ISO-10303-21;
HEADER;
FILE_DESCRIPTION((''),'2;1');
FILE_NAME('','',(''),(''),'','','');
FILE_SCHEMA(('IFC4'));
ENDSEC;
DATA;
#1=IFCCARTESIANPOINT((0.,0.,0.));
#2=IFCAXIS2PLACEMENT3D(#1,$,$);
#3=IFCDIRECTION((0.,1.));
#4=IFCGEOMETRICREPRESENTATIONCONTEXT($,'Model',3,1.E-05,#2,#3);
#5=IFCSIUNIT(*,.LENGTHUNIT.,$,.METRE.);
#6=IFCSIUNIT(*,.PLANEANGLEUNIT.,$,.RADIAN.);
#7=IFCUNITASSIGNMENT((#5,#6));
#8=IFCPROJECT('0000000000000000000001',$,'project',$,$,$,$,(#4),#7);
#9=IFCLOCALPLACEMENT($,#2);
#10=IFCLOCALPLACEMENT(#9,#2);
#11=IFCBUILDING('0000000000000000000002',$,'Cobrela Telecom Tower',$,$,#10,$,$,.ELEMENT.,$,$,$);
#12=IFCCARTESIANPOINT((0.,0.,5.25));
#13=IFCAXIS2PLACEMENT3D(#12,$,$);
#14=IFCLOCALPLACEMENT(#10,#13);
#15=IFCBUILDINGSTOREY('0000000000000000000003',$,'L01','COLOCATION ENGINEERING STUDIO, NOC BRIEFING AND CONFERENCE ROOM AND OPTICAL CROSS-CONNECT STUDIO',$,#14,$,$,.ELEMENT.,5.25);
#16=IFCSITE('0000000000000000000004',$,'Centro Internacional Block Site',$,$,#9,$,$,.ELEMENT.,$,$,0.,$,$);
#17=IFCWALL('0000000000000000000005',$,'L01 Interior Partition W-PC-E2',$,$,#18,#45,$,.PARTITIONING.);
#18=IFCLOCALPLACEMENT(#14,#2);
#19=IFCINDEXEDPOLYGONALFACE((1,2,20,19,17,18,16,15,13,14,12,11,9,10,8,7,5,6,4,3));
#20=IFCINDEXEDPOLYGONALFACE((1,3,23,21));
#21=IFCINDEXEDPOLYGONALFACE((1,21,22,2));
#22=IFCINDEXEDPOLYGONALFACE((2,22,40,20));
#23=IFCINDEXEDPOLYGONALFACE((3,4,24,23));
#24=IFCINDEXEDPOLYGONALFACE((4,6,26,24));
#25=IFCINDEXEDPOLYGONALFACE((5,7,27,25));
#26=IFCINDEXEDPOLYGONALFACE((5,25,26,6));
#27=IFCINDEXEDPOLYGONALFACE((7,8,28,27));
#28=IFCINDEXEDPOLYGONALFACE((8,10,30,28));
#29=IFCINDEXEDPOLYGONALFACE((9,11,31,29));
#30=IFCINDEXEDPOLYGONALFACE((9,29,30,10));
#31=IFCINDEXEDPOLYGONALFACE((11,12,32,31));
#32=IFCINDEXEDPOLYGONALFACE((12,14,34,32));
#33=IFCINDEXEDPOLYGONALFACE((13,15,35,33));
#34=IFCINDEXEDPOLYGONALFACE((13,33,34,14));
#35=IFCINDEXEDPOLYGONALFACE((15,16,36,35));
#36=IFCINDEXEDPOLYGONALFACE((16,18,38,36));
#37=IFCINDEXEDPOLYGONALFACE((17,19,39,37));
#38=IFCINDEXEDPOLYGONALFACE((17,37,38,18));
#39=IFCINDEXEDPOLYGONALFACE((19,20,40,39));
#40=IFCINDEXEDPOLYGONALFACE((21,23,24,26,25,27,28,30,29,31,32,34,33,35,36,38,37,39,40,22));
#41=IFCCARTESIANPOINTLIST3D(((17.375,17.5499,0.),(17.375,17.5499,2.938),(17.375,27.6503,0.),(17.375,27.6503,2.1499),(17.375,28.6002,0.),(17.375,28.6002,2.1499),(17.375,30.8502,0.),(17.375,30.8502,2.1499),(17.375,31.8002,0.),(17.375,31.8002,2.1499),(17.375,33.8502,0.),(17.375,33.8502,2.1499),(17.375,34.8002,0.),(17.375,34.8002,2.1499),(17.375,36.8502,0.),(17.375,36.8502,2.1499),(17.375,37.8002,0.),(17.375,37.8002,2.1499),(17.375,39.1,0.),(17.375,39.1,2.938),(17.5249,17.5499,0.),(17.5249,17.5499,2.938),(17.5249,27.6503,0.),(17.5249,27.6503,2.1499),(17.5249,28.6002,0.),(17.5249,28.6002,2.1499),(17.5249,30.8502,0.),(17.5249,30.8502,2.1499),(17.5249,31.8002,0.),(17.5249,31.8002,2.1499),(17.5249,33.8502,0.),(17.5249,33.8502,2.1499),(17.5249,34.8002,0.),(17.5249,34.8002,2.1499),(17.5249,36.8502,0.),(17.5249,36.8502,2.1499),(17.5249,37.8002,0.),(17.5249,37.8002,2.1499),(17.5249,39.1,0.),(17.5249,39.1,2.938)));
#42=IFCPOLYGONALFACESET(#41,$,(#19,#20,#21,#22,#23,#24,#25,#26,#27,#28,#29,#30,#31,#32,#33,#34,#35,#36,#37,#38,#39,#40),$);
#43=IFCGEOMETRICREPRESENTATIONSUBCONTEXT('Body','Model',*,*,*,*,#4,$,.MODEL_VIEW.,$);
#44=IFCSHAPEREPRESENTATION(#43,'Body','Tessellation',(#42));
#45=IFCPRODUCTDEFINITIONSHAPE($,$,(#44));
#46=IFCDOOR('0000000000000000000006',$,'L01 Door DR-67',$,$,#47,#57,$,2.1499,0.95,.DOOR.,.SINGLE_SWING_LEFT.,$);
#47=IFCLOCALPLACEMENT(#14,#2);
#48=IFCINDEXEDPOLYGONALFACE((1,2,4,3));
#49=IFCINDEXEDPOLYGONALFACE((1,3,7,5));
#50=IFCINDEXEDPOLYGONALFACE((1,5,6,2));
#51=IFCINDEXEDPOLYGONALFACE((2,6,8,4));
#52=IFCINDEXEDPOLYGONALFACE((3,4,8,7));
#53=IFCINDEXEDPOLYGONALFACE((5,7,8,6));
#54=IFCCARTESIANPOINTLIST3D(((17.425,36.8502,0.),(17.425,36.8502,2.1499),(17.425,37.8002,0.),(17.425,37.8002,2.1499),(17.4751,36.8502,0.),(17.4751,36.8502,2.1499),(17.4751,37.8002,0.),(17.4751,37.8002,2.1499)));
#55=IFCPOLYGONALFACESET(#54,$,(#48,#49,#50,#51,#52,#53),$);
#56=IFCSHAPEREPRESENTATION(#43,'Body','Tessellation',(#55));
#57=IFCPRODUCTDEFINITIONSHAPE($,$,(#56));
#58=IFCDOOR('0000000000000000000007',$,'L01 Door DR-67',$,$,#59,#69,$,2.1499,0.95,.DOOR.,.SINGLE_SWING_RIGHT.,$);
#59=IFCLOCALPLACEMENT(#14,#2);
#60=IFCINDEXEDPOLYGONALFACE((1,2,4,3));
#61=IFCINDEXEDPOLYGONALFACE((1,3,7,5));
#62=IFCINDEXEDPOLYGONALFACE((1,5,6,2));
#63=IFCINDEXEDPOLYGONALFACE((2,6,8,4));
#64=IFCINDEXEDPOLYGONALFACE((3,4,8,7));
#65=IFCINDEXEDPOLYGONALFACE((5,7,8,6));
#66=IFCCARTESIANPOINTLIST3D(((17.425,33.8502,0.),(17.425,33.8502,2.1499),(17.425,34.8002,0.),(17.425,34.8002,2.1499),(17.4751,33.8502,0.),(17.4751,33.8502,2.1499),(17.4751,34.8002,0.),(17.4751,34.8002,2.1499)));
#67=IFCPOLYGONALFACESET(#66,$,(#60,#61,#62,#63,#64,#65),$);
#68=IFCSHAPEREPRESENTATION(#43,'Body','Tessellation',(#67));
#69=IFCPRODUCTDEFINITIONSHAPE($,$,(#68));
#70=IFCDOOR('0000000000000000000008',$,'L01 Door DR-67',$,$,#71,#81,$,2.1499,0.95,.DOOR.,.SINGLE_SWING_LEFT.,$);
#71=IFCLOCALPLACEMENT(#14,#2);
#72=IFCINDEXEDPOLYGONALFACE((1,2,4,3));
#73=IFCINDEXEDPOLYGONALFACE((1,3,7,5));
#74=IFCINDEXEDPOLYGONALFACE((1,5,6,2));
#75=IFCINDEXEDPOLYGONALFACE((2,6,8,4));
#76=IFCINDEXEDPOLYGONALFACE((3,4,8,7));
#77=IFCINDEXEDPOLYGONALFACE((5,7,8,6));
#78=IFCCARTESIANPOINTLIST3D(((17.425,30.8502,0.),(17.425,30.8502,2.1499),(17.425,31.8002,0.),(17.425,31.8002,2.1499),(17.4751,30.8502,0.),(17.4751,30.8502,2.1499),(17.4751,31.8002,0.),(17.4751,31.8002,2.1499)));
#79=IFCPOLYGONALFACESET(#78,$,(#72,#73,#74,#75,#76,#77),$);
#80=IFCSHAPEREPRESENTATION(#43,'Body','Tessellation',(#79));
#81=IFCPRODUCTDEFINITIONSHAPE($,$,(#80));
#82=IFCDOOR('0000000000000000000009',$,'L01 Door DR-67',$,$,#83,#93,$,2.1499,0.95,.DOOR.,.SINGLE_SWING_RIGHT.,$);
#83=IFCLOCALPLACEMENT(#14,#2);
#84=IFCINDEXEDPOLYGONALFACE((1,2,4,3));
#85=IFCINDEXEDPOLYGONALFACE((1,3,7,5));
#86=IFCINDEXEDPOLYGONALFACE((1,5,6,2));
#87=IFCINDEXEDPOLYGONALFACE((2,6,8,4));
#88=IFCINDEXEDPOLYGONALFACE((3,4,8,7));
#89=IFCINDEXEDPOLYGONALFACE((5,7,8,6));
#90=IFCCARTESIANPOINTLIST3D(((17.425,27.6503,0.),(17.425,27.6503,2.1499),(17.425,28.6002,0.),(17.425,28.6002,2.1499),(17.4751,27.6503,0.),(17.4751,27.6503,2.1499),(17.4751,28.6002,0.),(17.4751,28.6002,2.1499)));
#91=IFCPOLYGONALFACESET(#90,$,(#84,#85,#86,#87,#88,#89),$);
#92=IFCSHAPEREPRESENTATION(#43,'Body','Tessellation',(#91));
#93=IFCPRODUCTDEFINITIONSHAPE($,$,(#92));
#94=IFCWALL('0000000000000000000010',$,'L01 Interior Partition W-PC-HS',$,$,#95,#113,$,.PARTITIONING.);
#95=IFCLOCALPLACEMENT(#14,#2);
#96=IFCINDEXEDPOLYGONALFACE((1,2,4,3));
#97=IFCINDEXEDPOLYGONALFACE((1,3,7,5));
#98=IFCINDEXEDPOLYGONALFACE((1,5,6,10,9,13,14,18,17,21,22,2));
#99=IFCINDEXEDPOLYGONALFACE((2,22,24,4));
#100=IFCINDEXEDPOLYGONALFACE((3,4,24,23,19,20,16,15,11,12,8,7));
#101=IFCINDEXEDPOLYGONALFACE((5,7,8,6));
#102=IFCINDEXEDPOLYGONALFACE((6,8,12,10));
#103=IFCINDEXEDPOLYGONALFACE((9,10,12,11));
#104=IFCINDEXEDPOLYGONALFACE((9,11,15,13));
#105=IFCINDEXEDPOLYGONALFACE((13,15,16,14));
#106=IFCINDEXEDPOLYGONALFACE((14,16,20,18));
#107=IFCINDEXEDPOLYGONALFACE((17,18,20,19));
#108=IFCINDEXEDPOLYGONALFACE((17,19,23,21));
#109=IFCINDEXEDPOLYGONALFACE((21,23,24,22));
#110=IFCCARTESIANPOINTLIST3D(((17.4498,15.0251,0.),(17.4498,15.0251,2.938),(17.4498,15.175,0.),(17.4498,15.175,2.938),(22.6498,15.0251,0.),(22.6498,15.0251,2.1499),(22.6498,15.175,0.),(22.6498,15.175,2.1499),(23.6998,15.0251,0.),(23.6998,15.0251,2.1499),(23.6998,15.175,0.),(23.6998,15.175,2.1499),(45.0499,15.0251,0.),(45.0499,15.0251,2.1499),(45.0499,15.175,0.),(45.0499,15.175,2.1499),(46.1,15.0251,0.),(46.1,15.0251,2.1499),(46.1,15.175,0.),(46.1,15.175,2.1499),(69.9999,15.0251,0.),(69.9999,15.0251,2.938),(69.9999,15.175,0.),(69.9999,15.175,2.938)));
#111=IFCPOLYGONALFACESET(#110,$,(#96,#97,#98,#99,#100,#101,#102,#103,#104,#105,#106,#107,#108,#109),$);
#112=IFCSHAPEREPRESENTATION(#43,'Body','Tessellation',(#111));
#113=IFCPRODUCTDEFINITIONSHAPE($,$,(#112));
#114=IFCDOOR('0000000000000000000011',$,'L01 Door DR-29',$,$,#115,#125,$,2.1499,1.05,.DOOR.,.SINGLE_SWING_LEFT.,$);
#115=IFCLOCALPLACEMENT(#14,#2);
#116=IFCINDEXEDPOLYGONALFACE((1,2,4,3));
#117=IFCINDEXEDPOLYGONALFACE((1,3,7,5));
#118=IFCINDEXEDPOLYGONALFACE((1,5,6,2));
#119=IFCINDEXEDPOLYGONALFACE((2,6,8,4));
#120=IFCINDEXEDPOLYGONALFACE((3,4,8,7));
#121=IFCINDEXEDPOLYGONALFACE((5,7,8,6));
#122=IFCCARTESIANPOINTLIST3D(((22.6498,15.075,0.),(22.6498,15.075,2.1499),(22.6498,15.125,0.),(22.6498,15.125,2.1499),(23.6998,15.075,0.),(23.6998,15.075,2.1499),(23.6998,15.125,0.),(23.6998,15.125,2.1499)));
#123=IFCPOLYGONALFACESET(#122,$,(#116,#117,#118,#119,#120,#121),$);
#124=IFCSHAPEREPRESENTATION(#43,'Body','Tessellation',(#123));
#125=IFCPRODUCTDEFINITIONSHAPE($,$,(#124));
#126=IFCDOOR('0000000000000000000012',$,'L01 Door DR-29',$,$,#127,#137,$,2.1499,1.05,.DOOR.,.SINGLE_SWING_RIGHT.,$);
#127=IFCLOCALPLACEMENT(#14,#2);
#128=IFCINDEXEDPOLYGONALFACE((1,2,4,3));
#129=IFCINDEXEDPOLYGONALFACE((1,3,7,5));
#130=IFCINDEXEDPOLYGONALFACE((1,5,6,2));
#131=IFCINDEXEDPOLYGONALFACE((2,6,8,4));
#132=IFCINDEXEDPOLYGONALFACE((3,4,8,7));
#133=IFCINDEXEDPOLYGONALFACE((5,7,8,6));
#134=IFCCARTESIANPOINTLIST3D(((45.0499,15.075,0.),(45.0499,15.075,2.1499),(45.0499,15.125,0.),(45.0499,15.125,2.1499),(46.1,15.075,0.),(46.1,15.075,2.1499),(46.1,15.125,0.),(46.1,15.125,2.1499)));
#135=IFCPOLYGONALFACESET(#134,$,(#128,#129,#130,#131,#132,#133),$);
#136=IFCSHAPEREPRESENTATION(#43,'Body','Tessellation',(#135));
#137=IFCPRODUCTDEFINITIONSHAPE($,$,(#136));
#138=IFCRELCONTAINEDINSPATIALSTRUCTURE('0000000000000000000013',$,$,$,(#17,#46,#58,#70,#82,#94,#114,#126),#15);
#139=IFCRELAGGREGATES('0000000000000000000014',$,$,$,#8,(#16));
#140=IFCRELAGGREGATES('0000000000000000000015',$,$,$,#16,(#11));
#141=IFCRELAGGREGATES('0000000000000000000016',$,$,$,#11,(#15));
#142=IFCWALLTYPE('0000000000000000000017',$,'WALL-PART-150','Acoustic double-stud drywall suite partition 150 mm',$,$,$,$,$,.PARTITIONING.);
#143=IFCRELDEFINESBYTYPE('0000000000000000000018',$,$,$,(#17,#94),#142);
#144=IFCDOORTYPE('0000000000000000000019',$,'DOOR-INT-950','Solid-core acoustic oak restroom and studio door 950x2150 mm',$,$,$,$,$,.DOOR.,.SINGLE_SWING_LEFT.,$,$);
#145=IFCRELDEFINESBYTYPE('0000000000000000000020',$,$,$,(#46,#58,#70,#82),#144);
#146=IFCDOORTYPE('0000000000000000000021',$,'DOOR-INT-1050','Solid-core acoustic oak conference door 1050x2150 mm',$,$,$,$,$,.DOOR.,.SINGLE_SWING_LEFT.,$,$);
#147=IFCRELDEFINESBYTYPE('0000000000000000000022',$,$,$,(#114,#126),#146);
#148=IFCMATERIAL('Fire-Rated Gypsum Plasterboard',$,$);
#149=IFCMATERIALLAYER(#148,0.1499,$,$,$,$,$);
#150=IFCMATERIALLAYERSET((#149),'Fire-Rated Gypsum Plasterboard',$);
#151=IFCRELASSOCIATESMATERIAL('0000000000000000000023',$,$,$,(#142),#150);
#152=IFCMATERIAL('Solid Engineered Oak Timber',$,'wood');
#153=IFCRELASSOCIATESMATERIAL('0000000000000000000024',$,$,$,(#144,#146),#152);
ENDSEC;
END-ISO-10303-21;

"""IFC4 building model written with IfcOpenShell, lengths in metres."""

from ifc_helpers import new_model, si_unit, direction, frame, frame_2d, origin, place, context, subcontext, project, spatial, rectangle, extrude, material, layer, layer_set, type_object, element, fill, save


model = new_model("IFC4")

# Units and contexts
model_context = context("Model", 3, precision=1e-05, world=origin(), true_north=direction((0.0, 1.0)))
body_context = subcontext(model_context, "Body", "Model", "MODEL_VIEW")
ifc_project = project(units=[si_unit("LENGTHUNIT", "METRE"), si_unit("PLANEANGLEUNIT", "RADIAN")], contexts=[model_context])

# Site, building, storey
site_placement = place(None, origin())
site = spatial("IfcSite", under=ifc_project, at=site_placement, Name="Centro Internacional Block Site", CompositionType="ELEMENT", RefElevation=0.0)
building_placement = place(site_placement, origin())
building = spatial("IfcBuilding", under=site, at=building_placement, Name="Cobrela Telecom Tower", CompositionType="ELEMENT")
storey_placement = place(building_placement, frame((0.0, 0.0, 5.25)))
storey = spatial("IfcBuildingStorey", under=building, at=storey_placement, Name="L01", Description="COLOCATION ENGINEERING STUDIO, NOC BRIEFING AND CONFERENCE ROOM AND OPTICAL CROSS-CONNECT STUDIO", CompositionType="ELEMENT", Elevation=5.25)

# Shared definitions
ifc_material_1 = material(Name="Fire-Rated Gypsum Plasterboard")
ifc_layer = layer(ifc_material_1, 0.1499)
ifc_layer_set = layer_set([ifc_layer], Name="Fire-Rated Gypsum Plasterboard")
wall_type = type_object("IfcWallType", Name="WALL-PART-150", Description="Acoustic double-stud drywall suite partition 150 mm", PredefinedType="PARTITIONING", material=ifc_layer_set)
ifc_material_2 = material(Name="Solid Engineered Oak Timber", Category="wood")

# Walls, openings, doors
wall_1_placement = place(storey_placement, frame((17.45, 17.55, 0.0), z_axis=(0.0, 0.0, 1.0), x_axis=(0.0, 1.0, 0.0)))
wall_1 = element("IfcWall", 1, at=wall_1_placement, inside=storey, type_object=wall_type, Name="L01 Interior Partition W-PC-E2", PredefinedType="PARTITIONING", context=body_context, shape_type="SweptSolid", body=[
    extrude(rectangle(XDim=21.55, YDim=0.1499, at=frame_2d((10.7749, 0.0))), origin(), (0.0, 0.0, 1.0), 2.938),
])
opening_1_placement = place(wall_1_placement, frame((19.3, 0.0, 0.0)))
opening_1 = element("IfcOpeningElement", 2, at=opening_1_placement, cuts=wall_1, PredefinedType="OPENING", context=body_context, shape_type="SweptSolid", body=[
    extrude(rectangle(XDim=0.95, YDim=2.1499, at=frame_2d((0.4751, 1.075))), frame((0.0, 0.0869, 0.0), z_axis=(0.0, -1.0, 0.0), x_axis=(1.0, 0.0, 0.0)), (0.0, 0.0, 1.0), 0.1738),
])
opening_2_placement = place(wall_1_placement, frame((16.3, 0.0, 0.0)))
opening_2 = element("IfcOpeningElement", 3, at=opening_2_placement, cuts=wall_1, PredefinedType="OPENING", context=body_context, shape_type="SweptSolid", body=[
    extrude(rectangle(XDim=0.95, YDim=2.1499, at=frame_2d((0.4751, 1.075))), frame((0.0, 0.0869, 0.0), z_axis=(0.0, -1.0, 0.0), x_axis=(1.0, 0.0, 0.0)), (0.0, 0.0, 1.0), 0.1738),
])
opening_3_placement = place(wall_1_placement, frame((13.3, 0.0, 0.0)))
opening_3 = element("IfcOpeningElement", 4, at=opening_3_placement, cuts=wall_1, PredefinedType="OPENING", context=body_context, shape_type="SweptSolid", body=[
    extrude(rectangle(XDim=0.95, YDim=2.1499, at=frame_2d((0.4751, 1.075))), frame((0.0, 0.0869, 0.0), z_axis=(0.0, -1.0, 0.0), x_axis=(1.0, 0.0, 0.0)), (0.0, 0.0, 1.0), 0.1738),
])
opening_4_placement = place(wall_1_placement, frame((10.1001, 0.0, 0.0)))
opening_4 = element("IfcOpeningElement", 5, at=opening_4_placement, cuts=wall_1, PredefinedType="OPENING", context=body_context, shape_type="SweptSolid", body=[
    extrude(rectangle(XDim=0.95, YDim=2.1499, at=frame_2d((0.4751, 1.075))), frame((0.0, 0.0869, 0.0), z_axis=(0.0, -1.0, 0.0), x_axis=(1.0, 0.0, 0.0)), (0.0, 0.0, 1.0), 0.1738),
])
door_type_1 = type_object("IfcDoorType", Name="DOOR-INT-950", Description="Solid-core acoustic oak restroom and studio door 950x2150 mm", OperationType="SINGLE_SWING_LEFT", PredefinedType="DOOR", material=ifc_material_2)
door_1_placement = place(opening_1_placement, origin())
door_1 = element("IfcDoor", 6, at=door_1_placement, inside=storey, type_object=door_type_1, Name="L01 Door DR-67", OperationType="SINGLE_SWING_LEFT", OverallHeight=2.1499, OverallWidth=0.95, PredefinedType="DOOR", context=body_context, shape_type="SweptSolid", body=[
    extrude(rectangle(XDim=0.95, YDim=2.1499, at=frame_2d((0.4751, 1.075))), frame((0.0, 0.0249, 0.0), z_axis=(0.0, -1.0, 0.0), x_axis=(1.0, 0.0, 0.0)), (0.0, 0.0, 1.0), 0.05),
])
fill(opening_1, door_1)
door_2_placement = place(opening_2_placement, origin())
door_2 = element("IfcDoor", 7, at=door_2_placement, inside=storey, type_object=door_type_1, Name="L01 Door DR-67", OperationType="SINGLE_SWING_RIGHT", OverallHeight=2.1499, OverallWidth=0.95, PredefinedType="DOOR", context=body_context, shape_type="SweptSolid", body=[
    extrude(rectangle(XDim=0.95, YDim=2.1499, at=frame_2d((0.4751, 1.075))), frame((0.0, 0.0249, 0.0), z_axis=(0.0, -1.0, 0.0), x_axis=(1.0, 0.0, 0.0)), (0.0, 0.0, 1.0), 0.05),
])
fill(opening_2, door_2)
door_3_placement = place(opening_3_placement, origin())
door_3 = element("IfcDoor", 8, at=door_3_placement, inside=storey, type_object=door_type_1, Name="L01 Door DR-67", OperationType="SINGLE_SWING_LEFT", OverallHeight=2.1499, OverallWidth=0.95, PredefinedType="DOOR", context=body_context, shape_type="SweptSolid", body=[
    extrude(rectangle(XDim=0.95, YDim=2.1499, at=frame_2d((0.4751, 1.075))), frame((0.0, 0.0249, 0.0), z_axis=(0.0, -1.0, 0.0), x_axis=(1.0, 0.0, 0.0)), (0.0, 0.0, 1.0), 0.05),
])
fill(opening_3, door_3)
door_4_placement = place(opening_4_placement, origin())
door_4 = element("IfcDoor", 9, at=door_4_placement, inside=storey, type_object=door_type_1, Name="L01 Door DR-67", OperationType="SINGLE_SWING_RIGHT", OverallHeight=2.1499, OverallWidth=0.95, PredefinedType="DOOR", context=body_context, shape_type="SweptSolid", body=[
    extrude(rectangle(XDim=0.95, YDim=2.1499, at=frame_2d((0.4751, 1.075))), frame((0.0, 0.0249, 0.0), z_axis=(0.0, -1.0, 0.0), x_axis=(1.0, 0.0, 0.0)), (0.0, 0.0, 1.0), 0.05),
])
fill(opening_4, door_4)
wall_2_placement = place(storey_placement, frame((17.45, 15.1001, 0.0), z_axis=(0.0, 0.0, 1.0), x_axis=(1.0, 0.0, 0.0)))
wall_2 = element("IfcWall", 10, at=wall_2_placement, inside=storey, type_object=wall_type, Name="L01 Interior Partition W-PC-HS", PredefinedType="PARTITIONING", context=body_context, shape_type="SweptSolid", body=[
    extrude(rectangle(XDim=52.55, YDim=0.1499, at=frame_2d((26.2749, 0.0))), origin(), (0.0, 0.0, 1.0), 2.938),
])
opening_5_placement = place(wall_2_placement, frame((5.2, 0.0, 0.0)))
opening_5 = element("IfcOpeningElement", 11, at=opening_5_placement, cuts=wall_2, PredefinedType="OPENING", context=body_context, shape_type="SweptSolid", body=[
    extrude(rectangle(XDim=1.05, YDim=2.1499, at=frame_2d((0.5249, 1.075))), frame((0.0, 0.0869, 0.0), z_axis=(0.0, -1.0, 0.0), x_axis=(1.0, 0.0, 0.0)), (0.0, 0.0, 1.0), 0.1738),
])
opening_6_placement = place(wall_2_placement, frame((27.6001, 0.0, 0.0)))
opening_6 = element("IfcOpeningElement", 12, at=opening_6_placement, cuts=wall_2, PredefinedType="OPENING", context=body_context, shape_type="SweptSolid", body=[
    extrude(rectangle(XDim=1.05, YDim=2.1499, at=frame_2d((0.5249, 1.075))), frame((0.0, 0.0869, 0.0), z_axis=(0.0, -1.0, 0.0), x_axis=(1.0, 0.0, 0.0)), (0.0, 0.0, 1.0), 0.1738),
])
door_type_2 = type_object("IfcDoorType", Name="DOOR-INT-1050", Description="Solid-core acoustic oak conference door 1050x2150 mm", OperationType="SINGLE_SWING_LEFT", PredefinedType="DOOR", material=ifc_material_2)
door_5_placement = place(opening_5_placement, origin())
door_5 = element("IfcDoor", 13, at=door_5_placement, inside=storey, type_object=door_type_2, Name="L01 Door DR-29", OperationType="SINGLE_SWING_LEFT", OverallHeight=2.1499, OverallWidth=1.05, PredefinedType="DOOR", context=body_context, shape_type="SweptSolid", body=[
    extrude(rectangle(XDim=1.05, YDim=2.1499, at=frame_2d((0.5249, 1.075))), frame((0.0, 0.0249, 0.0), z_axis=(0.0, -1.0, 0.0), x_axis=(1.0, 0.0, 0.0)), (0.0, 0.0, 1.0), 0.05),
])
fill(opening_5, door_5)
door_6_placement = place(opening_6_placement, origin())
door_6 = element("IfcDoor", 14, at=door_6_placement, inside=storey, type_object=door_type_2, Name="L01 Door DR-29", OperationType="SINGLE_SWING_RIGHT", OverallHeight=2.1499, OverallWidth=1.05, PredefinedType="DOOR", context=body_context, shape_type="SweptSolid", body=[
    extrude(rectangle(XDim=1.05, YDim=2.1499, at=frame_2d((0.5249, 1.075))), frame((0.0, 0.0249, 0.0), z_axis=(0.0, -1.0, 0.0), x_axis=(1.0, 0.0, 0.0)), (0.0, 0.0, 1.0), 0.05),
])
fill(opening_6, door_6)

save(model, "model.ifc")
